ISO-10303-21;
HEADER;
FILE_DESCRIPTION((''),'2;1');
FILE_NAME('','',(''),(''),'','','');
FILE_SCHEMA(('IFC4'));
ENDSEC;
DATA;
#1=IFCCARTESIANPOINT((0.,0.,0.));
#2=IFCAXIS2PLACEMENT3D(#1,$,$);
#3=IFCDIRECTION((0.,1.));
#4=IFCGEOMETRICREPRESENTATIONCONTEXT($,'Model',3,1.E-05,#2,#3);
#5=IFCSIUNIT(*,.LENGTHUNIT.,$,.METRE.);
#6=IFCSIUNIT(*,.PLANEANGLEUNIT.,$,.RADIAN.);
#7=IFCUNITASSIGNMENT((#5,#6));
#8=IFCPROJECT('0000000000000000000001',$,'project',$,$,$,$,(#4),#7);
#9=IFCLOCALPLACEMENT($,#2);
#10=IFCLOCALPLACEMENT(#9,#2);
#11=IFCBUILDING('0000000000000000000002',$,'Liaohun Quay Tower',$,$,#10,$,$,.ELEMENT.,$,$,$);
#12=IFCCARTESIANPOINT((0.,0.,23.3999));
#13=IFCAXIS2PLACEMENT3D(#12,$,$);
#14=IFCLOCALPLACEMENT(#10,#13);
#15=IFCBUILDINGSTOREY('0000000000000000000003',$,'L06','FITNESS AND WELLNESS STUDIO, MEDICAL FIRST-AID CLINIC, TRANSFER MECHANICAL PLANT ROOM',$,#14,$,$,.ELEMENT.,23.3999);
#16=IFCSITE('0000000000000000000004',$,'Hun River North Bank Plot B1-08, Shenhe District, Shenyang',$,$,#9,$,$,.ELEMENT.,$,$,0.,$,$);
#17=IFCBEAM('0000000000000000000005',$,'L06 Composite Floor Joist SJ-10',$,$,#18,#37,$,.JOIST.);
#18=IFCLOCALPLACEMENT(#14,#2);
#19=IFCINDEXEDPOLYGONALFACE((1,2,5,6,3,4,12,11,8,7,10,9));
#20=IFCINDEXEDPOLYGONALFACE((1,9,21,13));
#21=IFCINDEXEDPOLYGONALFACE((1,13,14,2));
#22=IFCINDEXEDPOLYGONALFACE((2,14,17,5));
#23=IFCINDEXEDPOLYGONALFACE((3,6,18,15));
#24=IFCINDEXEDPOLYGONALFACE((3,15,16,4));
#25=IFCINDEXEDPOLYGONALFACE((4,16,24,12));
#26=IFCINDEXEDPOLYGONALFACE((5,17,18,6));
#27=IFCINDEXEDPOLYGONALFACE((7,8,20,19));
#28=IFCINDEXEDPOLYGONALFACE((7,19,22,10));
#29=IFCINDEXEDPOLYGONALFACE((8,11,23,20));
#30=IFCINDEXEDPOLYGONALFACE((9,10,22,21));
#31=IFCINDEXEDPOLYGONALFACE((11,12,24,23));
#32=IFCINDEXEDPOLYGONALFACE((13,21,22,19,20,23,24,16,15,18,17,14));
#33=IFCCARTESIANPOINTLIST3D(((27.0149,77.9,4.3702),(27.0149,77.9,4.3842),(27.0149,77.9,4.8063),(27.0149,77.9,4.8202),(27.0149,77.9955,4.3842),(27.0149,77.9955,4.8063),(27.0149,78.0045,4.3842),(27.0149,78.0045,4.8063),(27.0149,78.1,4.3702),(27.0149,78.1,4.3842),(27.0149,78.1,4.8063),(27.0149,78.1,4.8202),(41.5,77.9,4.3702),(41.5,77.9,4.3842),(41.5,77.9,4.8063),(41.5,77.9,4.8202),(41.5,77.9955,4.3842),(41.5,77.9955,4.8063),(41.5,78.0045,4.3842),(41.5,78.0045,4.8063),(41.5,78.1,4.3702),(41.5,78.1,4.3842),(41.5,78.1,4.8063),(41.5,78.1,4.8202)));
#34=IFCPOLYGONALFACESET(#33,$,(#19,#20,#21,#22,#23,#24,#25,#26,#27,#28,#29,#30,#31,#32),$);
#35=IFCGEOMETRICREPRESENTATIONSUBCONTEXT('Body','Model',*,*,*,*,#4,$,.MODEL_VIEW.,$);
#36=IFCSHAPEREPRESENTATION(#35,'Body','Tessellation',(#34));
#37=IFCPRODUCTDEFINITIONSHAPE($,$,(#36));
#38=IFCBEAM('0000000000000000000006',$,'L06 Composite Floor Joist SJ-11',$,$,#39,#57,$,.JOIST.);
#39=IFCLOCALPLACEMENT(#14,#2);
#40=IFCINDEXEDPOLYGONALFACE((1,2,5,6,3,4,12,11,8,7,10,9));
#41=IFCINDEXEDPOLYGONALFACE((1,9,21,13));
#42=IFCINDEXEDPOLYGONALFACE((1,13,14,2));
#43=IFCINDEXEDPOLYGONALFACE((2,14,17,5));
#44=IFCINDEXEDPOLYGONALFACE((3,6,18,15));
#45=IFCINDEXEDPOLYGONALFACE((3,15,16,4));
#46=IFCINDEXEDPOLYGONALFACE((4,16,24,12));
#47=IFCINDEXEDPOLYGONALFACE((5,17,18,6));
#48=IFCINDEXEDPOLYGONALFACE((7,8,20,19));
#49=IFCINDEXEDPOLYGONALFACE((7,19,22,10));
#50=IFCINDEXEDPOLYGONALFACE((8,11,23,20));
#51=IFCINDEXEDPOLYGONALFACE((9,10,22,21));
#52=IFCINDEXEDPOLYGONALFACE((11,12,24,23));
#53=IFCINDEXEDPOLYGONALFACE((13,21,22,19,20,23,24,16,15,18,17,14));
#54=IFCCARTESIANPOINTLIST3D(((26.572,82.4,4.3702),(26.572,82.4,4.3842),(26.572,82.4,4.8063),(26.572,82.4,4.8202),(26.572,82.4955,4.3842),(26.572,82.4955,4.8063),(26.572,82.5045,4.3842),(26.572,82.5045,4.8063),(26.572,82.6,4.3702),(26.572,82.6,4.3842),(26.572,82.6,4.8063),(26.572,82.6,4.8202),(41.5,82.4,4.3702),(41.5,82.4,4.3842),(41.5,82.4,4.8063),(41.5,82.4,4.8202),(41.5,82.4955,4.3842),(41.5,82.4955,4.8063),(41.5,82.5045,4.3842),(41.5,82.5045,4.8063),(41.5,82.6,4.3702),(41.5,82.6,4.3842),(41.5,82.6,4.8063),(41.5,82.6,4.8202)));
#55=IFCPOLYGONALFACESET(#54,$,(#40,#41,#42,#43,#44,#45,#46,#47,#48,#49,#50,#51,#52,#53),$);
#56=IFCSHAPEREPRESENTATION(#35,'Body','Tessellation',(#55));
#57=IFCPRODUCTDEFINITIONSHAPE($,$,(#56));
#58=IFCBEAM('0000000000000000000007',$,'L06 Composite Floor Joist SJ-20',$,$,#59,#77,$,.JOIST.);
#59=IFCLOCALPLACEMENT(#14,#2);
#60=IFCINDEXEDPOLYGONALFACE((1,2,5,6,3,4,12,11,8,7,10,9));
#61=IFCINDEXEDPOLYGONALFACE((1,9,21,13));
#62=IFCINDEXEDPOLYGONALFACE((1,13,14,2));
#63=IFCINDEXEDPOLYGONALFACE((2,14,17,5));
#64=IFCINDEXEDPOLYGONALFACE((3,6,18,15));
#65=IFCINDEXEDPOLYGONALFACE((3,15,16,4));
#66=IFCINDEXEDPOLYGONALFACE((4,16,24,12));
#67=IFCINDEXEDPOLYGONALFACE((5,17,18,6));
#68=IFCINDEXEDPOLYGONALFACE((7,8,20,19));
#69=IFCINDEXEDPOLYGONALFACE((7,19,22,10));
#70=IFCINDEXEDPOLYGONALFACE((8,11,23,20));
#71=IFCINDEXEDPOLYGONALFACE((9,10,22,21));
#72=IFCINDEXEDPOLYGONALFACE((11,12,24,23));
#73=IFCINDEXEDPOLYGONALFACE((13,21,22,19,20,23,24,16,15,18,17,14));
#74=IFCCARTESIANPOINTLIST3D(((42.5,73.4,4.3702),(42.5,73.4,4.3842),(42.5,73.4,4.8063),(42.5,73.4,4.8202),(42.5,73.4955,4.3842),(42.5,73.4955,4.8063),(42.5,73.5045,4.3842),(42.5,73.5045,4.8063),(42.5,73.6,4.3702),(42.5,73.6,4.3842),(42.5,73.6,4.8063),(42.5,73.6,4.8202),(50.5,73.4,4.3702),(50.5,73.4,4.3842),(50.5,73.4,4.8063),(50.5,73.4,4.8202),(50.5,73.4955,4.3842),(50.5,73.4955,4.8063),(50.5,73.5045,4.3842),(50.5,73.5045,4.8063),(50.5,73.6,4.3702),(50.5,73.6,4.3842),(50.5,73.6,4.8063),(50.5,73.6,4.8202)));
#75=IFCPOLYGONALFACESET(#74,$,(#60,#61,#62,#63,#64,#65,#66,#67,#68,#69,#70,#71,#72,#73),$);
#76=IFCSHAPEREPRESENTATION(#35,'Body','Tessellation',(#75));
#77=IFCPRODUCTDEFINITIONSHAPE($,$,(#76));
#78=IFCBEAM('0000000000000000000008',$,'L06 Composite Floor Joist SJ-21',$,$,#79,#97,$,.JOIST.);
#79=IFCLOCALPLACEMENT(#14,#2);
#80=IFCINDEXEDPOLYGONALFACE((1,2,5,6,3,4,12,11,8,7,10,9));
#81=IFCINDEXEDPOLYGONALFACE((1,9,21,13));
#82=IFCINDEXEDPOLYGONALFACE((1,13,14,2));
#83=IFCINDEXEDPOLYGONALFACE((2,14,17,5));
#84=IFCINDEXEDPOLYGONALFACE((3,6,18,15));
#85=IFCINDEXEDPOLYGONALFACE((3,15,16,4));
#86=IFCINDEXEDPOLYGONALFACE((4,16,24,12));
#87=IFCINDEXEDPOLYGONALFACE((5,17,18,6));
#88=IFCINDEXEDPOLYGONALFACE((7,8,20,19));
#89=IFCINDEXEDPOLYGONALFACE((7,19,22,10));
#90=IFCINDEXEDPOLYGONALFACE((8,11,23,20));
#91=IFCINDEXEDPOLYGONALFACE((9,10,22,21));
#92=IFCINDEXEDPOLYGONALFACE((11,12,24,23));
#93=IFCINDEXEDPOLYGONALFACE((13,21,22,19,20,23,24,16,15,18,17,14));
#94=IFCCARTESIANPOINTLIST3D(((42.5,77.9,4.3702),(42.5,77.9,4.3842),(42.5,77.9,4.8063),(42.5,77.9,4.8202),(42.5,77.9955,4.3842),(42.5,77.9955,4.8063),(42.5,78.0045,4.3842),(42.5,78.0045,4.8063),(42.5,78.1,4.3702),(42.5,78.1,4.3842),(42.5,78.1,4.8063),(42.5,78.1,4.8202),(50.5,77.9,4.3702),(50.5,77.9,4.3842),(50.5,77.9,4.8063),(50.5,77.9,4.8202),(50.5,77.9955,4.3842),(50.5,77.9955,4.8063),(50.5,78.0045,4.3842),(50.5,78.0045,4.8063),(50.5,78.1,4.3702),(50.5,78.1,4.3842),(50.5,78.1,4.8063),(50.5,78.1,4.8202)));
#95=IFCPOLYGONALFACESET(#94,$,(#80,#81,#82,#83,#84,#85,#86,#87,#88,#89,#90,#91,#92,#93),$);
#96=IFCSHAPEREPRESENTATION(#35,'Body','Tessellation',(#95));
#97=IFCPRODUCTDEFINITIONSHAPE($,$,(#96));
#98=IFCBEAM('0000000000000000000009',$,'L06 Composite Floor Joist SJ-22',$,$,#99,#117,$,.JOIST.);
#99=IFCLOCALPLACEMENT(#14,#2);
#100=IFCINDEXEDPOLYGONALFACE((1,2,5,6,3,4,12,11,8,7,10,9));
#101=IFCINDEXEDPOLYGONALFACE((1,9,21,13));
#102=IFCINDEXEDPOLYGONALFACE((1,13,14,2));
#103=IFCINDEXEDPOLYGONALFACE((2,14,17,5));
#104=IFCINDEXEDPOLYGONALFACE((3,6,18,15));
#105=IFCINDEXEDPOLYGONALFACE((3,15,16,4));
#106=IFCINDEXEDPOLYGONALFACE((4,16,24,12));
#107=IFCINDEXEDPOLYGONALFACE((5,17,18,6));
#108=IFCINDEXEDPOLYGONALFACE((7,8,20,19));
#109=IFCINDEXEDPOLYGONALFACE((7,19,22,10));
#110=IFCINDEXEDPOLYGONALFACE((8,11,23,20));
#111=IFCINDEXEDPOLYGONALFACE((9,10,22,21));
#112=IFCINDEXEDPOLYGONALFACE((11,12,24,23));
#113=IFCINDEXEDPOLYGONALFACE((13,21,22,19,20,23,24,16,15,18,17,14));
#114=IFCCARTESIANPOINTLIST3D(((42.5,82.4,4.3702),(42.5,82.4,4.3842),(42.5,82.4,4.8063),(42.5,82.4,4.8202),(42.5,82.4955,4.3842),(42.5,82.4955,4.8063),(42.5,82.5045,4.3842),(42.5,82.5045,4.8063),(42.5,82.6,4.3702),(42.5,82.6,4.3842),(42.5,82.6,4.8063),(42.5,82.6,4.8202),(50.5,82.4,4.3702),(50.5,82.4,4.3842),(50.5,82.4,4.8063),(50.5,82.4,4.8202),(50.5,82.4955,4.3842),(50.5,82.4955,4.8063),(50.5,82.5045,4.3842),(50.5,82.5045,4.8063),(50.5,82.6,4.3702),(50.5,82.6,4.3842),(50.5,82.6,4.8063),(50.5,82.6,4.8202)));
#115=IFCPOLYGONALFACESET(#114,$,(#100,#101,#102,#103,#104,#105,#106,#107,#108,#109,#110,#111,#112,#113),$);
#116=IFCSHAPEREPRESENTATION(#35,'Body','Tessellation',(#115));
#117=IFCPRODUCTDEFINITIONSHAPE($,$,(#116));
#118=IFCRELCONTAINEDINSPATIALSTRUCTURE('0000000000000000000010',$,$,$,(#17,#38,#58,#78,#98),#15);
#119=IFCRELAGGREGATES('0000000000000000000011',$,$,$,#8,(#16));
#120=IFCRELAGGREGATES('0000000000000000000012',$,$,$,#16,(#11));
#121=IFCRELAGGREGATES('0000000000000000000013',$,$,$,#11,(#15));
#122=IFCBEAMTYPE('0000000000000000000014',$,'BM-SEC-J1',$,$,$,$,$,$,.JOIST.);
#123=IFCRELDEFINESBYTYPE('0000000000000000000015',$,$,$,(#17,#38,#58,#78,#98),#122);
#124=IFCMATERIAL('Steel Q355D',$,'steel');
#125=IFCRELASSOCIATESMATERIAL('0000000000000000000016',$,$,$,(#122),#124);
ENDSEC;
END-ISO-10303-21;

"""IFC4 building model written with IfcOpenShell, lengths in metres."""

from ifc_helpers import new_model, si_unit, direction, frame, origin, origin_2d, place, context, subcontext, project, spatial, i_section, extrude, source, transform, mapped, material, material_profile, profile_set, type_object, element, save


model = new_model("IFC4")

# Units and contexts
model_context = context("Model", 3, precision=1e-05, world=origin(), true_north=direction((0.0, 1.0)))
body_context = subcontext(model_context, "Body", "Model", "MODEL_VIEW")
ifc_project = project(units=[si_unit("LENGTHUNIT", "METRE"), si_unit("PLANEANGLEUNIT", "RADIAN")], contexts=[model_context])

# Site, building, storey
site_placement = place(None, origin())
site = spatial("IfcSite", under=ifc_project, at=site_placement, Name="Hun River North Bank Plot B1-08, Shenhe District, Shenyang", CompositionType="ELEMENT", RefElevation=0.0)
building_placement = place(site_placement, origin())
building = spatial("IfcBuilding", under=site, at=building_placement, Name="Liaohun Quay Tower", CompositionType="ELEMENT")
storey_placement = place(building_placement, frame((0.0, 0.0, 23.3999)))
storey = spatial("IfcBuildingStorey", under=building, at=storey_placement, Name="L06", Description="FITNESS AND WELLNESS STUDIO, MEDICAL FIRST-AID CLINIC, TRANSFER MECHANICAL PLANT ROOM", CompositionType="ELEMENT", Elevation=23.3999)

# Beams
ifc_material_1 = material(Name="Steel Q355D", Category="steel")
ifc_material_profile_1 = material_profile(ifc_material_1, i_section(OverallWidth=0.2, OverallDepth=0.45, WebThickness=0.009, FlangeThickness=0.0139, at=origin_2d()), Name="HN450x200x9x14")
ifc_profile_set_1 = profile_set([ifc_material_profile_1], Name="Steel Q355D")
beam_type_1 = type_object("IfcBeamType", Name="BM-SEC-J1", PredefinedType="JOIST", material=ifc_profile_set_1)
shared_shape_1 = source(origin(), body_context, "Body", "SweptSolid", [
    extrude(i_section(OverallWidth=0.2, OverallDepth=0.45, WebThickness=0.009, FlangeThickness=0.0139, at=origin_2d()), origin(), (0.0, 0.0, 1.0), 14.4851),
])
beam_1_placement = place(storey_placement, frame((27.0149, 78.0, 4.5952), z_axis=(1.0, 0.0, 0.0), x_axis=(0.0, 1.0, 0.0)))
element("IfcBeam", 1, at=beam_1_placement, inside=storey, type_object=beam_type_1, Name="L06 Composite Floor Joist SJ-10", PredefinedType="JOIST", context=body_context, shape_type="MappedRepresentation", body=[
    mapped(shared_shape_1, transform((0.0, 0.0, 0.0), x_axis=(1.0, 0.0, 0.0), y_axis=(0.0, 1.0, 0.0), z_axis=(0.0, 0.0, 1.0), scale=1.0)),
])
shared_shape_2 = source(origin(), body_context, "Body", "SweptSolid", [
    extrude(i_section(OverallWidth=0.2, OverallDepth=0.45, WebThickness=0.009, FlangeThickness=0.0139, at=origin_2d()), origin(), (0.0, 0.0, 1.0), 14.928),
])
beam_2_placement = place(storey_placement, frame((26.572, 82.5, 4.5952), z_axis=(1.0, 0.0, 0.0), x_axis=(0.0, 1.0, 0.0)))
element("IfcBeam", 2, at=beam_2_placement, inside=storey, type_object=beam_type_1, Name="L06 Composite Floor Joist SJ-11", PredefinedType="JOIST", context=body_context, shape_type="MappedRepresentation", body=[
    mapped(shared_shape_2, transform((0.0, 0.0, 0.0), x_axis=(1.0, 0.0, 0.0), y_axis=(0.0, 1.0, 0.0), z_axis=(0.0, 0.0, 1.0), scale=1.0)),
])
shared_shape_3 = source(origin(), body_context, "Body", "SweptSolid", [
    extrude(i_section(OverallWidth=0.2, OverallDepth=0.45, WebThickness=0.009, FlangeThickness=0.0139, at=origin_2d()), origin(), (0.0, 0.0, 1.0), 8.0),
])
for number, where, z_axis, x_axis, name in (
    (3, (42.5, 73.5, 4.5952), (1.0, 0.0, 0.0), (0.0, 1.0, 0.0), "L06 Composite Floor Joist SJ-20"),
    (4, (42.5, 78.0, 4.5952), (1.0, 0.0, 0.0), (0.0, 1.0, 0.0), "L06 Composite Floor Joist SJ-21"),
    (5, (42.5, 82.5, 4.5952), (1.0, 0.0, 0.0), (0.0, 1.0, 0.0), "L06 Composite Floor Joist SJ-22"),
):
    element("IfcBeam", number, at=place(storey_placement, frame(where, z_axis=z_axis, x_axis=x_axis)), inside=storey, type_object=beam_type_1, Name=name, PredefinedType="JOIST", context=body_context, shape_type="MappedRepresentation", body=[
        mapped(shared_shape_3, transform((0.0, 0.0, 0.0), x_axis=(1.0, 0.0, 0.0), y_axis=(0.0, 1.0, 0.0), z_axis=(0.0, 0.0, 1.0), scale=1.0)),
    ])

save(model, "model.ifc")
